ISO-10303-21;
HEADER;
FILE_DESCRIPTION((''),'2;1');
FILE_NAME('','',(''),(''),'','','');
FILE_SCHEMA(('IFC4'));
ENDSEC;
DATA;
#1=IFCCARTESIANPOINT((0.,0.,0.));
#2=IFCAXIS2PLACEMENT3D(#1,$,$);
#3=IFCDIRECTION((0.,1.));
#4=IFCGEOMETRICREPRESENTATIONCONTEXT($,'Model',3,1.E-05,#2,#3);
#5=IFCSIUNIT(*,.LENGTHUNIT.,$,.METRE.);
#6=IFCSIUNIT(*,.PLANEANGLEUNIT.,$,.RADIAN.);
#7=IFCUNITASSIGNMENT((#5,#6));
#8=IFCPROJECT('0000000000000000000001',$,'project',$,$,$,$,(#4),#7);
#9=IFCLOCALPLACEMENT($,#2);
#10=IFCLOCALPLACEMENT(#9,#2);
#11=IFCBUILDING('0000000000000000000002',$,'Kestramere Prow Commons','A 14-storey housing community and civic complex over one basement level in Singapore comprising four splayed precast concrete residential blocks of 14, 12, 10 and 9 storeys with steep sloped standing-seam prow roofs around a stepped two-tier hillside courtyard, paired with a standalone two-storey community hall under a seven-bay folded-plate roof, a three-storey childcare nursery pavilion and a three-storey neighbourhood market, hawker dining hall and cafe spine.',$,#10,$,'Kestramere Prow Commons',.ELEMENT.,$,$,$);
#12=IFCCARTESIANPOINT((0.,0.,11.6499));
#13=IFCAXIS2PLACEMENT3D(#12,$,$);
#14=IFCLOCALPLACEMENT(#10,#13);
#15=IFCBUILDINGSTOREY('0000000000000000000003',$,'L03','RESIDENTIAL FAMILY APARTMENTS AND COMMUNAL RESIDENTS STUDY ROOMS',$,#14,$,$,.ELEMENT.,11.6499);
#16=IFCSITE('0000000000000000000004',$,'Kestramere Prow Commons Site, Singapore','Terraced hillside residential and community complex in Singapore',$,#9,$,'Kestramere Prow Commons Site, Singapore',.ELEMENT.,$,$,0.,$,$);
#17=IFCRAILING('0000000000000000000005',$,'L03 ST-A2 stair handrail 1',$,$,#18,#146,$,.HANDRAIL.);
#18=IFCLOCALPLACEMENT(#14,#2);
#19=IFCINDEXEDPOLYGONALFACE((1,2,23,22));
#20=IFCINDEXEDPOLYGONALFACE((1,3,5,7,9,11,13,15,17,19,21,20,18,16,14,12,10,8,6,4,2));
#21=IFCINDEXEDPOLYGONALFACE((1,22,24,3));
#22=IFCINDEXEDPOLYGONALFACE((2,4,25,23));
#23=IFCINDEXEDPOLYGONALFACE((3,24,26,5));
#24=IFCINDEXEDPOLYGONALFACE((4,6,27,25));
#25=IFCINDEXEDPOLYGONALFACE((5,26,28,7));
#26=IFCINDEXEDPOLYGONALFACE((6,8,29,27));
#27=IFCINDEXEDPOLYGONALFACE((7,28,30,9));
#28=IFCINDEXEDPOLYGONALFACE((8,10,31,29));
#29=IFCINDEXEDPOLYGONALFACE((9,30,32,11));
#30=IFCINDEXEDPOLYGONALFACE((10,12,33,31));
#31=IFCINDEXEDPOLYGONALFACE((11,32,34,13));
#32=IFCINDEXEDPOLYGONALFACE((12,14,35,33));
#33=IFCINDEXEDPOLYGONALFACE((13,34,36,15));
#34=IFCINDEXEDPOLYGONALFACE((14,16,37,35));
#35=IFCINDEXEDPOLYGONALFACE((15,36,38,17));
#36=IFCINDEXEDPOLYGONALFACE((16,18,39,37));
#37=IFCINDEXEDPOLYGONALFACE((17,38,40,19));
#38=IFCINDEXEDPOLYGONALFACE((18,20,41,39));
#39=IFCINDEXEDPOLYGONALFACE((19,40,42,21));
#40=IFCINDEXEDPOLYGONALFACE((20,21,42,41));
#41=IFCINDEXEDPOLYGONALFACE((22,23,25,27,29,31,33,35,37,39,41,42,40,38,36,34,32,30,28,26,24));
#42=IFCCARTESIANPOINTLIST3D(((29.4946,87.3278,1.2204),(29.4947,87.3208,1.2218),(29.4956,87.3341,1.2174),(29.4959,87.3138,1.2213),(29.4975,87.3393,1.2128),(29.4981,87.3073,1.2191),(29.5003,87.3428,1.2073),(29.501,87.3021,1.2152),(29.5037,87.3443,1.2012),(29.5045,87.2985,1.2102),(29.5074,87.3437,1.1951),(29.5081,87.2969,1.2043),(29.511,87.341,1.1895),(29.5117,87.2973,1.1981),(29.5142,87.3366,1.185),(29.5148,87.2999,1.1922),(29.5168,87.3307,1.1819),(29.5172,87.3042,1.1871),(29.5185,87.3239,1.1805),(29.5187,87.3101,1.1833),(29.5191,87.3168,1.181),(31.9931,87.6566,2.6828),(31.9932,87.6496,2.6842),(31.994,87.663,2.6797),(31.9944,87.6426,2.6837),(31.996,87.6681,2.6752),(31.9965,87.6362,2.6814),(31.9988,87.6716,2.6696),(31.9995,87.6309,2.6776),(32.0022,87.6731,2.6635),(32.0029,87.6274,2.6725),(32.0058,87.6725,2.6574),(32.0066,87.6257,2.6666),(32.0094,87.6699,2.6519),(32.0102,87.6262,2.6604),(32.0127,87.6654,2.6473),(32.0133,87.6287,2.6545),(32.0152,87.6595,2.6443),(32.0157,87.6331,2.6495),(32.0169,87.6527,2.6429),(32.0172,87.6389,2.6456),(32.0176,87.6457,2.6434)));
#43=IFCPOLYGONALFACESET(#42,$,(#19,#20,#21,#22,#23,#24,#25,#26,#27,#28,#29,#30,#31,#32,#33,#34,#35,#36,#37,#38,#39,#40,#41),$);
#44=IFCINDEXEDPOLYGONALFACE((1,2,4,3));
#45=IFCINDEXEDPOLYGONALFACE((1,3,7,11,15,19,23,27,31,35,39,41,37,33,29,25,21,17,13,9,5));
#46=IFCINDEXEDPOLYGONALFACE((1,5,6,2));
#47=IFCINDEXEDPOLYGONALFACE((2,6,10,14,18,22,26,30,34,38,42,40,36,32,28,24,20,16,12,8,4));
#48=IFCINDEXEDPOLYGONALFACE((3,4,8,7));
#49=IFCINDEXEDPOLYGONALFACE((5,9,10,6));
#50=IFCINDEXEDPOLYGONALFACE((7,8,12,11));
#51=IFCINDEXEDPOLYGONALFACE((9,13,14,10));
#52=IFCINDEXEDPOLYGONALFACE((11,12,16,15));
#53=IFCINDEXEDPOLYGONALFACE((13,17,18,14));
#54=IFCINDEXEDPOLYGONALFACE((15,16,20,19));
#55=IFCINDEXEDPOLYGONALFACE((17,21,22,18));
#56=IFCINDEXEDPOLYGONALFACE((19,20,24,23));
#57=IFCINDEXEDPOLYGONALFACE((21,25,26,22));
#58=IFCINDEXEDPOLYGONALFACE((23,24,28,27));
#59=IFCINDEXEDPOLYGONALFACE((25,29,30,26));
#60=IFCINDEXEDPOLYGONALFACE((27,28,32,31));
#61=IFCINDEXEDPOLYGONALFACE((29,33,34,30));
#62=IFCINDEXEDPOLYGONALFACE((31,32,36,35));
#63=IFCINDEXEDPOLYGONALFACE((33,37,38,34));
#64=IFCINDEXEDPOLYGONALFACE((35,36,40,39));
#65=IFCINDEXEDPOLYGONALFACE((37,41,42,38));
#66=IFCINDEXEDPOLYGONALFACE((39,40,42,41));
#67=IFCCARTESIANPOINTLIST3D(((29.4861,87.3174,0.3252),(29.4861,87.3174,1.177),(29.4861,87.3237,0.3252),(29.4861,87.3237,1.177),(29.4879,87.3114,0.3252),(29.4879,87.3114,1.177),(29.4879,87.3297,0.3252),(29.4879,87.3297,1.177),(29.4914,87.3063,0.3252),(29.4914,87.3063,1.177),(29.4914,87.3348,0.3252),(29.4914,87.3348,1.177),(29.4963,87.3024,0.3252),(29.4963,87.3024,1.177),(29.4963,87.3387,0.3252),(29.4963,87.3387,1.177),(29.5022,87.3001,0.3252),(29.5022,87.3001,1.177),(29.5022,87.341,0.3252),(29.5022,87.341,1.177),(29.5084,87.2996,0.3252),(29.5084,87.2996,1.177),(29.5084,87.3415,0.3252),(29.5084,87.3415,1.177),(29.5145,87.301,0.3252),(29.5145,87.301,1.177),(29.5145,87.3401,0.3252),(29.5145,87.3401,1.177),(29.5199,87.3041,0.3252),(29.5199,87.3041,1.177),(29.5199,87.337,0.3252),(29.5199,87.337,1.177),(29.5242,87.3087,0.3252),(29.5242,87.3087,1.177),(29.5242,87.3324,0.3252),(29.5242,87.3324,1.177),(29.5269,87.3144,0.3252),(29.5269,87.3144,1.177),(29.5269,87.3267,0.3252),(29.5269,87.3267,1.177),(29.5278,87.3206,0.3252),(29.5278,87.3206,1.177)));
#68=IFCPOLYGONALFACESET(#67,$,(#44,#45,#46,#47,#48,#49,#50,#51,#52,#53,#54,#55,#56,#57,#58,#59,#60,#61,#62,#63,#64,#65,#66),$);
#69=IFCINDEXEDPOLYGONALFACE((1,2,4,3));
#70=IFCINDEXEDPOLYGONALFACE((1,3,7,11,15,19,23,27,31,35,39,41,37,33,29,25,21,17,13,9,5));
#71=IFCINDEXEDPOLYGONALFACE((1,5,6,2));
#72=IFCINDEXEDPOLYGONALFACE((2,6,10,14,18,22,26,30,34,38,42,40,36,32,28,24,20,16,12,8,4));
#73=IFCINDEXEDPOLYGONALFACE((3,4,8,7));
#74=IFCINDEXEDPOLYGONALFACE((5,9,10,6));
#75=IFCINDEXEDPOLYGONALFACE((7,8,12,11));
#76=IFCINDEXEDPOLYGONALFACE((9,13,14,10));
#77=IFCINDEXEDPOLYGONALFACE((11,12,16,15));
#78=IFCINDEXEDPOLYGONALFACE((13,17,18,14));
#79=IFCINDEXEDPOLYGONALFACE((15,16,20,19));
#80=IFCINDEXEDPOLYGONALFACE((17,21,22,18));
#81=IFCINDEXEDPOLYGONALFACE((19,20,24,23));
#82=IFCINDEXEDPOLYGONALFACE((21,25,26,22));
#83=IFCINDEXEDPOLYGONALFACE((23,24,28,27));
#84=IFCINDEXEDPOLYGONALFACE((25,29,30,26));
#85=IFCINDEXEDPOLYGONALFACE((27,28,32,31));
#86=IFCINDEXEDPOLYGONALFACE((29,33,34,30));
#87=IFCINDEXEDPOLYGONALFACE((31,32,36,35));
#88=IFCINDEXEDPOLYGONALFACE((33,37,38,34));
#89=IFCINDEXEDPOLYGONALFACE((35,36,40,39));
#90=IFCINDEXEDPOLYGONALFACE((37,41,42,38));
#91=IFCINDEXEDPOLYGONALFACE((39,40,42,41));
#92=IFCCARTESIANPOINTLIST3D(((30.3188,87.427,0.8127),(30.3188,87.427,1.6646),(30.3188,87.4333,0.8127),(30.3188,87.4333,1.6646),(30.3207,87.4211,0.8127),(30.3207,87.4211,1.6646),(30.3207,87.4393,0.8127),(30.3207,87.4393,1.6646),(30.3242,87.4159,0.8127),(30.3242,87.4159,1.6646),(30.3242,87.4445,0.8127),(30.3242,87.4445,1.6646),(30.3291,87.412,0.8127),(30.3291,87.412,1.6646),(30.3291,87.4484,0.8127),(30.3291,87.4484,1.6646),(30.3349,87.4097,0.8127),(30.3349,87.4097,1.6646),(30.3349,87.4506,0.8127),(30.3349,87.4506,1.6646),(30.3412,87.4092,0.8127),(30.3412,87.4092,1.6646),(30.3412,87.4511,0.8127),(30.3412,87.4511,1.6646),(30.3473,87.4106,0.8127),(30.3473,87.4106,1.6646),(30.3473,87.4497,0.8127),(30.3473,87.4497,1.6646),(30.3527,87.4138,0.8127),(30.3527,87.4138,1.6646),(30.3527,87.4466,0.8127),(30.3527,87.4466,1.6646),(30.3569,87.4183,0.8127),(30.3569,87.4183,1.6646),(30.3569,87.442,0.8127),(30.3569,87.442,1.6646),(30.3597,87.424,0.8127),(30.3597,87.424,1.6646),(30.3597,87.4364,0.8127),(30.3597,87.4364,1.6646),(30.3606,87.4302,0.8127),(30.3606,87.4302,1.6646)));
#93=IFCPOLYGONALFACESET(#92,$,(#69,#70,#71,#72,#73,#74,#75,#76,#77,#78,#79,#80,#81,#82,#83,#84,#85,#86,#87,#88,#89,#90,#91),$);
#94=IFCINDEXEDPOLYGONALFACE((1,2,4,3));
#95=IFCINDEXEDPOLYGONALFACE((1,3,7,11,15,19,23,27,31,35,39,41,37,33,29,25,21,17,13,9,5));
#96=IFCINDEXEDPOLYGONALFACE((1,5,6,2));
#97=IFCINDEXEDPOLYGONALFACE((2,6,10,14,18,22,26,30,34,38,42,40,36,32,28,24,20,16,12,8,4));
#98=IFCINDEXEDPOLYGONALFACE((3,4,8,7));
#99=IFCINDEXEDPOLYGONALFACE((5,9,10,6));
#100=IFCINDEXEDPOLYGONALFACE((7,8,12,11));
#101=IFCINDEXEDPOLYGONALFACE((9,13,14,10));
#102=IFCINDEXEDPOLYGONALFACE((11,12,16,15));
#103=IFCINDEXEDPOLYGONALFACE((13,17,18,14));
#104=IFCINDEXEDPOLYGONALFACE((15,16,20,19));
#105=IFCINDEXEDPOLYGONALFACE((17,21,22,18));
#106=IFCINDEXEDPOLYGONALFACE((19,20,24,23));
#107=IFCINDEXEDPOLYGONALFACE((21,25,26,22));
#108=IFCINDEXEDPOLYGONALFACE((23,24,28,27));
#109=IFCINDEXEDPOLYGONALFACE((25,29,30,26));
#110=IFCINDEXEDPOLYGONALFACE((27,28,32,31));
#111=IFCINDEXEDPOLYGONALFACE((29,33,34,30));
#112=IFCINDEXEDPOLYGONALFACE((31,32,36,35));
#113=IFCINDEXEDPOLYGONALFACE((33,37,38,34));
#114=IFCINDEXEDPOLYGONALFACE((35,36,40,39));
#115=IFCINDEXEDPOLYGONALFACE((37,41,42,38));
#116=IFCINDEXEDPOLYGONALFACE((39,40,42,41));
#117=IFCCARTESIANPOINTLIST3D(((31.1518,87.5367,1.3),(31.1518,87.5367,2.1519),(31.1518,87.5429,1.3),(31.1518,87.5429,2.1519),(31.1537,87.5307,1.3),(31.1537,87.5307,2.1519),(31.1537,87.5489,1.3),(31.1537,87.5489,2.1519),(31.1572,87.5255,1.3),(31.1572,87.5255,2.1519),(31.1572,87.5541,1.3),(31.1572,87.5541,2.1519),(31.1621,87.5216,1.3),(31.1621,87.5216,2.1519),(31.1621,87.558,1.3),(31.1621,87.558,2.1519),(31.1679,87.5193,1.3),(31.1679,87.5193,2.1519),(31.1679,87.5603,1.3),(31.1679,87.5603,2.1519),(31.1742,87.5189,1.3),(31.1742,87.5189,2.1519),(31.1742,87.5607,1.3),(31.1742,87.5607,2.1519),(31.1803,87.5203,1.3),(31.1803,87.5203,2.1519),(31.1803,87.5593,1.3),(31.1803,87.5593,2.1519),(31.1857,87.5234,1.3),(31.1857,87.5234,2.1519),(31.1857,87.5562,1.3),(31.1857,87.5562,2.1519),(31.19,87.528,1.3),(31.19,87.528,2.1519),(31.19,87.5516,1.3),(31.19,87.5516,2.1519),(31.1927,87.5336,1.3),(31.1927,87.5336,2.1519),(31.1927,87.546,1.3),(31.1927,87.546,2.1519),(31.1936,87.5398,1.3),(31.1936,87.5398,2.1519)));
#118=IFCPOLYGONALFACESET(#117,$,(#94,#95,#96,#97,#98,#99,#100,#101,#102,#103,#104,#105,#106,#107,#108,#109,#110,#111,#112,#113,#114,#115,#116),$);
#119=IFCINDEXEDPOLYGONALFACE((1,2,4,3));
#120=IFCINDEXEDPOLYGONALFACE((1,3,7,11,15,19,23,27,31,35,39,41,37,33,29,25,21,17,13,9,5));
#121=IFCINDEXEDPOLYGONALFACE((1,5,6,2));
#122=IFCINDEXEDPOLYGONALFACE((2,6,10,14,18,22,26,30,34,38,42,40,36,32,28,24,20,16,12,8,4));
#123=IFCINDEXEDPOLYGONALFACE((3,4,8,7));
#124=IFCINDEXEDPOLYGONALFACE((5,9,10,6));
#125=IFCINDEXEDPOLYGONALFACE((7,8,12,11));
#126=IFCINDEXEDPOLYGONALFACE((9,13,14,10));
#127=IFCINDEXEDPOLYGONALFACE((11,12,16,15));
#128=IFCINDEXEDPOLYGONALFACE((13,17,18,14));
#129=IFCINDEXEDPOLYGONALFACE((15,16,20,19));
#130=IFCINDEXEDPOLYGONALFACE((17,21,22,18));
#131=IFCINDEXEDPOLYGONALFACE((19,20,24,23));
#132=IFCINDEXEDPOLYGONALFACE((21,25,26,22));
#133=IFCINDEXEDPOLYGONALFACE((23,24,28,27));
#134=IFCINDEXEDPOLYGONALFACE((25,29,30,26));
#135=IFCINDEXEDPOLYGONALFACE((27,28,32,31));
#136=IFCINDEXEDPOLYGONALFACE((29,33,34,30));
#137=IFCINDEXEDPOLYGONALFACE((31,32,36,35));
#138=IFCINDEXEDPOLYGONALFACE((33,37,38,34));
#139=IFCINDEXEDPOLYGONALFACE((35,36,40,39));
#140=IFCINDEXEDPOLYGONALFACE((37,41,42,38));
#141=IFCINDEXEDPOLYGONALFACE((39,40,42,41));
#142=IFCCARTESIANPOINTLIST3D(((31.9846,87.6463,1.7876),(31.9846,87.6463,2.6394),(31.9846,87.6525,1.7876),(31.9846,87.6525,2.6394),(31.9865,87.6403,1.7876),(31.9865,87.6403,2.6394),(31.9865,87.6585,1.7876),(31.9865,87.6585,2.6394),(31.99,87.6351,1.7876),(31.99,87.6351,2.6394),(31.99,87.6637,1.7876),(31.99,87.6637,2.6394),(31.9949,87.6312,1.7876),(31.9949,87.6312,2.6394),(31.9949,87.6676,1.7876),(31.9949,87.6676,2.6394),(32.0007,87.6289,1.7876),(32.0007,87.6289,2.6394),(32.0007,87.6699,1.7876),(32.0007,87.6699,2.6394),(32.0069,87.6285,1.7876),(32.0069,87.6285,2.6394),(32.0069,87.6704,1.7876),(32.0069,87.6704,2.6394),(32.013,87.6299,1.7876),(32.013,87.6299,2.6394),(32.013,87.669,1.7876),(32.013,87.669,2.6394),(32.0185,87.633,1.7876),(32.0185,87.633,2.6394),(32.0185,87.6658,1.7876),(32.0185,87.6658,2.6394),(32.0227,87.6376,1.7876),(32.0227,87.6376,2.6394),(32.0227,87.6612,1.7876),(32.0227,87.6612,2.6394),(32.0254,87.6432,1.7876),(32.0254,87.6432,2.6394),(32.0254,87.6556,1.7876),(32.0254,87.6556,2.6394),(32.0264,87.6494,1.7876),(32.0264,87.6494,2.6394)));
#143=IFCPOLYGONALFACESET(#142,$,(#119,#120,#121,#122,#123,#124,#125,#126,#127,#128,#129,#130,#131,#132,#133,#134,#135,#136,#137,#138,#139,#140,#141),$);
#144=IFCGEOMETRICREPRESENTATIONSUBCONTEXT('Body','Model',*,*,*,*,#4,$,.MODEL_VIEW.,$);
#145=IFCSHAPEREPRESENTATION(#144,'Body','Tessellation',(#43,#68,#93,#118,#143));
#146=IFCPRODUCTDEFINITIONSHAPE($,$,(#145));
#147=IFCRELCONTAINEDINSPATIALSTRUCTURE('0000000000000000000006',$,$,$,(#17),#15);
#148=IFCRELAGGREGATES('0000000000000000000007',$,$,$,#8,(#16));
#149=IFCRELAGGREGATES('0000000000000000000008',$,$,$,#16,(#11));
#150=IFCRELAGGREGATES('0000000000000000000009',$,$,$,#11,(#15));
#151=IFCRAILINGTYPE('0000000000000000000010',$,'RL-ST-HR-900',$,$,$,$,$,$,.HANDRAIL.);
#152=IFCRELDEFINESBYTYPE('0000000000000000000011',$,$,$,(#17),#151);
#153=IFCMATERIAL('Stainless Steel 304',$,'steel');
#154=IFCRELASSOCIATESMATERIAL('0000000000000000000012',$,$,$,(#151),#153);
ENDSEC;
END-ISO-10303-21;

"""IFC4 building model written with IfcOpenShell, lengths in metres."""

from ifc_helpers import new_model, si_unit, direction, frame, origin, origin_2d, place, context, subcontext, project, spatial, circle, extrude, material, type_object, element, save


model = new_model("IFC4")

# Units and contexts
model_context = context("Model", 3, precision=1e-05, world=origin(), true_north=direction((0.0, 1.0)))
body_context = subcontext(model_context, "Body", "Model", "MODEL_VIEW")
ifc_project = project(units=[si_unit("LENGTHUNIT", "METRE"), si_unit("PLANEANGLEUNIT", "RADIAN")], contexts=[model_context])

# Site, building, storey
site_placement = place(None, origin())
site = spatial("IfcSite", under=ifc_project, at=site_placement, Name="Kestramere Prow Commons Site, Singapore", Description="Terraced hillside residential and community complex in Singapore", LongName="Kestramere Prow Commons Site, Singapore", CompositionType="ELEMENT", RefElevation=0.0)
building_placement = place(site_placement, origin())
building = spatial("IfcBuilding", under=site, at=building_placement, Name="Kestramere Prow Commons", Description="A 14-storey housing community and civic complex over one basement level in Singapore comprising four splayed precast concrete residential blocks of 14, 12, 10 and 9 storeys with steep sloped standing-seam prow roofs around a stepped two-tier hillside courtyard, paired with a standalone two-storey community hall under a seven-bay folded-plate roof, a three-storey childcare nursery pavilion and a three-storey neighbourhood market, hawker dining hall and cafe spine.", LongName="Kestramere Prow Commons", CompositionType="ELEMENT")
storey_placement = place(building_placement, frame((0.0, 0.0, 11.6499)))
storey = spatial("IfcBuildingStorey", under=building, at=storey_placement, Name="L03", Description="RESIDENTIAL FAMILY APARTMENTS AND COMMUNAL RESIDENTS STUDY ROOMS", CompositionType="ELEMENT", Elevation=11.6499)

# Railing
ifc_material_1 = material(Name="Stainless Steel 304", Category="steel")
railing_type_1 = type_object("IfcRailingType", Name="RL-ST-HR-900", PredefinedType="HANDRAIL", material=ifc_material_1)
railing_1_placement = place(storey_placement, frame((29.5068, 87.3206, 0.3252)))
element("IfcRailing", 1, at=railing_1_placement, inside=storey, type_object=railing_type_1, Name="L03 ST-A2 stair handrail 1", PredefinedType="HANDRAIL", context=body_context, shape_type="SweptSolid", body=[
    extrude(circle(Radius=0.0239, at=origin_2d()), frame((0.0, 0.0, 0.876), z_axis=(0.857523, 0.112867, 0.501912), x_axis=(-0.130495, 0.991449, 0.0)), (0.0, 0.0, 1.0), 2.9136),
    extrude(circle(Radius=0.021, at=origin_2d()), origin(), (0.0, 0.0, 1.0), 0.8518),
    extrude(circle(Radius=0.021, at=origin_2d()), frame((0.8328, 0.1096, 0.4875)), (0.0, 0.0, 1.0), 0.8518),
    extrude(circle(Radius=0.021, at=origin_2d()), frame((1.6658, 0.2192, 0.9749)), (0.0, 0.0, 1.0), 0.8518),
    extrude(circle(Radius=0.021, at=origin_2d()), frame((2.4985, 0.3289, 1.4624)), (0.0, 0.0, 1.0), 0.8518),
])

save(model, "model.ifc")
